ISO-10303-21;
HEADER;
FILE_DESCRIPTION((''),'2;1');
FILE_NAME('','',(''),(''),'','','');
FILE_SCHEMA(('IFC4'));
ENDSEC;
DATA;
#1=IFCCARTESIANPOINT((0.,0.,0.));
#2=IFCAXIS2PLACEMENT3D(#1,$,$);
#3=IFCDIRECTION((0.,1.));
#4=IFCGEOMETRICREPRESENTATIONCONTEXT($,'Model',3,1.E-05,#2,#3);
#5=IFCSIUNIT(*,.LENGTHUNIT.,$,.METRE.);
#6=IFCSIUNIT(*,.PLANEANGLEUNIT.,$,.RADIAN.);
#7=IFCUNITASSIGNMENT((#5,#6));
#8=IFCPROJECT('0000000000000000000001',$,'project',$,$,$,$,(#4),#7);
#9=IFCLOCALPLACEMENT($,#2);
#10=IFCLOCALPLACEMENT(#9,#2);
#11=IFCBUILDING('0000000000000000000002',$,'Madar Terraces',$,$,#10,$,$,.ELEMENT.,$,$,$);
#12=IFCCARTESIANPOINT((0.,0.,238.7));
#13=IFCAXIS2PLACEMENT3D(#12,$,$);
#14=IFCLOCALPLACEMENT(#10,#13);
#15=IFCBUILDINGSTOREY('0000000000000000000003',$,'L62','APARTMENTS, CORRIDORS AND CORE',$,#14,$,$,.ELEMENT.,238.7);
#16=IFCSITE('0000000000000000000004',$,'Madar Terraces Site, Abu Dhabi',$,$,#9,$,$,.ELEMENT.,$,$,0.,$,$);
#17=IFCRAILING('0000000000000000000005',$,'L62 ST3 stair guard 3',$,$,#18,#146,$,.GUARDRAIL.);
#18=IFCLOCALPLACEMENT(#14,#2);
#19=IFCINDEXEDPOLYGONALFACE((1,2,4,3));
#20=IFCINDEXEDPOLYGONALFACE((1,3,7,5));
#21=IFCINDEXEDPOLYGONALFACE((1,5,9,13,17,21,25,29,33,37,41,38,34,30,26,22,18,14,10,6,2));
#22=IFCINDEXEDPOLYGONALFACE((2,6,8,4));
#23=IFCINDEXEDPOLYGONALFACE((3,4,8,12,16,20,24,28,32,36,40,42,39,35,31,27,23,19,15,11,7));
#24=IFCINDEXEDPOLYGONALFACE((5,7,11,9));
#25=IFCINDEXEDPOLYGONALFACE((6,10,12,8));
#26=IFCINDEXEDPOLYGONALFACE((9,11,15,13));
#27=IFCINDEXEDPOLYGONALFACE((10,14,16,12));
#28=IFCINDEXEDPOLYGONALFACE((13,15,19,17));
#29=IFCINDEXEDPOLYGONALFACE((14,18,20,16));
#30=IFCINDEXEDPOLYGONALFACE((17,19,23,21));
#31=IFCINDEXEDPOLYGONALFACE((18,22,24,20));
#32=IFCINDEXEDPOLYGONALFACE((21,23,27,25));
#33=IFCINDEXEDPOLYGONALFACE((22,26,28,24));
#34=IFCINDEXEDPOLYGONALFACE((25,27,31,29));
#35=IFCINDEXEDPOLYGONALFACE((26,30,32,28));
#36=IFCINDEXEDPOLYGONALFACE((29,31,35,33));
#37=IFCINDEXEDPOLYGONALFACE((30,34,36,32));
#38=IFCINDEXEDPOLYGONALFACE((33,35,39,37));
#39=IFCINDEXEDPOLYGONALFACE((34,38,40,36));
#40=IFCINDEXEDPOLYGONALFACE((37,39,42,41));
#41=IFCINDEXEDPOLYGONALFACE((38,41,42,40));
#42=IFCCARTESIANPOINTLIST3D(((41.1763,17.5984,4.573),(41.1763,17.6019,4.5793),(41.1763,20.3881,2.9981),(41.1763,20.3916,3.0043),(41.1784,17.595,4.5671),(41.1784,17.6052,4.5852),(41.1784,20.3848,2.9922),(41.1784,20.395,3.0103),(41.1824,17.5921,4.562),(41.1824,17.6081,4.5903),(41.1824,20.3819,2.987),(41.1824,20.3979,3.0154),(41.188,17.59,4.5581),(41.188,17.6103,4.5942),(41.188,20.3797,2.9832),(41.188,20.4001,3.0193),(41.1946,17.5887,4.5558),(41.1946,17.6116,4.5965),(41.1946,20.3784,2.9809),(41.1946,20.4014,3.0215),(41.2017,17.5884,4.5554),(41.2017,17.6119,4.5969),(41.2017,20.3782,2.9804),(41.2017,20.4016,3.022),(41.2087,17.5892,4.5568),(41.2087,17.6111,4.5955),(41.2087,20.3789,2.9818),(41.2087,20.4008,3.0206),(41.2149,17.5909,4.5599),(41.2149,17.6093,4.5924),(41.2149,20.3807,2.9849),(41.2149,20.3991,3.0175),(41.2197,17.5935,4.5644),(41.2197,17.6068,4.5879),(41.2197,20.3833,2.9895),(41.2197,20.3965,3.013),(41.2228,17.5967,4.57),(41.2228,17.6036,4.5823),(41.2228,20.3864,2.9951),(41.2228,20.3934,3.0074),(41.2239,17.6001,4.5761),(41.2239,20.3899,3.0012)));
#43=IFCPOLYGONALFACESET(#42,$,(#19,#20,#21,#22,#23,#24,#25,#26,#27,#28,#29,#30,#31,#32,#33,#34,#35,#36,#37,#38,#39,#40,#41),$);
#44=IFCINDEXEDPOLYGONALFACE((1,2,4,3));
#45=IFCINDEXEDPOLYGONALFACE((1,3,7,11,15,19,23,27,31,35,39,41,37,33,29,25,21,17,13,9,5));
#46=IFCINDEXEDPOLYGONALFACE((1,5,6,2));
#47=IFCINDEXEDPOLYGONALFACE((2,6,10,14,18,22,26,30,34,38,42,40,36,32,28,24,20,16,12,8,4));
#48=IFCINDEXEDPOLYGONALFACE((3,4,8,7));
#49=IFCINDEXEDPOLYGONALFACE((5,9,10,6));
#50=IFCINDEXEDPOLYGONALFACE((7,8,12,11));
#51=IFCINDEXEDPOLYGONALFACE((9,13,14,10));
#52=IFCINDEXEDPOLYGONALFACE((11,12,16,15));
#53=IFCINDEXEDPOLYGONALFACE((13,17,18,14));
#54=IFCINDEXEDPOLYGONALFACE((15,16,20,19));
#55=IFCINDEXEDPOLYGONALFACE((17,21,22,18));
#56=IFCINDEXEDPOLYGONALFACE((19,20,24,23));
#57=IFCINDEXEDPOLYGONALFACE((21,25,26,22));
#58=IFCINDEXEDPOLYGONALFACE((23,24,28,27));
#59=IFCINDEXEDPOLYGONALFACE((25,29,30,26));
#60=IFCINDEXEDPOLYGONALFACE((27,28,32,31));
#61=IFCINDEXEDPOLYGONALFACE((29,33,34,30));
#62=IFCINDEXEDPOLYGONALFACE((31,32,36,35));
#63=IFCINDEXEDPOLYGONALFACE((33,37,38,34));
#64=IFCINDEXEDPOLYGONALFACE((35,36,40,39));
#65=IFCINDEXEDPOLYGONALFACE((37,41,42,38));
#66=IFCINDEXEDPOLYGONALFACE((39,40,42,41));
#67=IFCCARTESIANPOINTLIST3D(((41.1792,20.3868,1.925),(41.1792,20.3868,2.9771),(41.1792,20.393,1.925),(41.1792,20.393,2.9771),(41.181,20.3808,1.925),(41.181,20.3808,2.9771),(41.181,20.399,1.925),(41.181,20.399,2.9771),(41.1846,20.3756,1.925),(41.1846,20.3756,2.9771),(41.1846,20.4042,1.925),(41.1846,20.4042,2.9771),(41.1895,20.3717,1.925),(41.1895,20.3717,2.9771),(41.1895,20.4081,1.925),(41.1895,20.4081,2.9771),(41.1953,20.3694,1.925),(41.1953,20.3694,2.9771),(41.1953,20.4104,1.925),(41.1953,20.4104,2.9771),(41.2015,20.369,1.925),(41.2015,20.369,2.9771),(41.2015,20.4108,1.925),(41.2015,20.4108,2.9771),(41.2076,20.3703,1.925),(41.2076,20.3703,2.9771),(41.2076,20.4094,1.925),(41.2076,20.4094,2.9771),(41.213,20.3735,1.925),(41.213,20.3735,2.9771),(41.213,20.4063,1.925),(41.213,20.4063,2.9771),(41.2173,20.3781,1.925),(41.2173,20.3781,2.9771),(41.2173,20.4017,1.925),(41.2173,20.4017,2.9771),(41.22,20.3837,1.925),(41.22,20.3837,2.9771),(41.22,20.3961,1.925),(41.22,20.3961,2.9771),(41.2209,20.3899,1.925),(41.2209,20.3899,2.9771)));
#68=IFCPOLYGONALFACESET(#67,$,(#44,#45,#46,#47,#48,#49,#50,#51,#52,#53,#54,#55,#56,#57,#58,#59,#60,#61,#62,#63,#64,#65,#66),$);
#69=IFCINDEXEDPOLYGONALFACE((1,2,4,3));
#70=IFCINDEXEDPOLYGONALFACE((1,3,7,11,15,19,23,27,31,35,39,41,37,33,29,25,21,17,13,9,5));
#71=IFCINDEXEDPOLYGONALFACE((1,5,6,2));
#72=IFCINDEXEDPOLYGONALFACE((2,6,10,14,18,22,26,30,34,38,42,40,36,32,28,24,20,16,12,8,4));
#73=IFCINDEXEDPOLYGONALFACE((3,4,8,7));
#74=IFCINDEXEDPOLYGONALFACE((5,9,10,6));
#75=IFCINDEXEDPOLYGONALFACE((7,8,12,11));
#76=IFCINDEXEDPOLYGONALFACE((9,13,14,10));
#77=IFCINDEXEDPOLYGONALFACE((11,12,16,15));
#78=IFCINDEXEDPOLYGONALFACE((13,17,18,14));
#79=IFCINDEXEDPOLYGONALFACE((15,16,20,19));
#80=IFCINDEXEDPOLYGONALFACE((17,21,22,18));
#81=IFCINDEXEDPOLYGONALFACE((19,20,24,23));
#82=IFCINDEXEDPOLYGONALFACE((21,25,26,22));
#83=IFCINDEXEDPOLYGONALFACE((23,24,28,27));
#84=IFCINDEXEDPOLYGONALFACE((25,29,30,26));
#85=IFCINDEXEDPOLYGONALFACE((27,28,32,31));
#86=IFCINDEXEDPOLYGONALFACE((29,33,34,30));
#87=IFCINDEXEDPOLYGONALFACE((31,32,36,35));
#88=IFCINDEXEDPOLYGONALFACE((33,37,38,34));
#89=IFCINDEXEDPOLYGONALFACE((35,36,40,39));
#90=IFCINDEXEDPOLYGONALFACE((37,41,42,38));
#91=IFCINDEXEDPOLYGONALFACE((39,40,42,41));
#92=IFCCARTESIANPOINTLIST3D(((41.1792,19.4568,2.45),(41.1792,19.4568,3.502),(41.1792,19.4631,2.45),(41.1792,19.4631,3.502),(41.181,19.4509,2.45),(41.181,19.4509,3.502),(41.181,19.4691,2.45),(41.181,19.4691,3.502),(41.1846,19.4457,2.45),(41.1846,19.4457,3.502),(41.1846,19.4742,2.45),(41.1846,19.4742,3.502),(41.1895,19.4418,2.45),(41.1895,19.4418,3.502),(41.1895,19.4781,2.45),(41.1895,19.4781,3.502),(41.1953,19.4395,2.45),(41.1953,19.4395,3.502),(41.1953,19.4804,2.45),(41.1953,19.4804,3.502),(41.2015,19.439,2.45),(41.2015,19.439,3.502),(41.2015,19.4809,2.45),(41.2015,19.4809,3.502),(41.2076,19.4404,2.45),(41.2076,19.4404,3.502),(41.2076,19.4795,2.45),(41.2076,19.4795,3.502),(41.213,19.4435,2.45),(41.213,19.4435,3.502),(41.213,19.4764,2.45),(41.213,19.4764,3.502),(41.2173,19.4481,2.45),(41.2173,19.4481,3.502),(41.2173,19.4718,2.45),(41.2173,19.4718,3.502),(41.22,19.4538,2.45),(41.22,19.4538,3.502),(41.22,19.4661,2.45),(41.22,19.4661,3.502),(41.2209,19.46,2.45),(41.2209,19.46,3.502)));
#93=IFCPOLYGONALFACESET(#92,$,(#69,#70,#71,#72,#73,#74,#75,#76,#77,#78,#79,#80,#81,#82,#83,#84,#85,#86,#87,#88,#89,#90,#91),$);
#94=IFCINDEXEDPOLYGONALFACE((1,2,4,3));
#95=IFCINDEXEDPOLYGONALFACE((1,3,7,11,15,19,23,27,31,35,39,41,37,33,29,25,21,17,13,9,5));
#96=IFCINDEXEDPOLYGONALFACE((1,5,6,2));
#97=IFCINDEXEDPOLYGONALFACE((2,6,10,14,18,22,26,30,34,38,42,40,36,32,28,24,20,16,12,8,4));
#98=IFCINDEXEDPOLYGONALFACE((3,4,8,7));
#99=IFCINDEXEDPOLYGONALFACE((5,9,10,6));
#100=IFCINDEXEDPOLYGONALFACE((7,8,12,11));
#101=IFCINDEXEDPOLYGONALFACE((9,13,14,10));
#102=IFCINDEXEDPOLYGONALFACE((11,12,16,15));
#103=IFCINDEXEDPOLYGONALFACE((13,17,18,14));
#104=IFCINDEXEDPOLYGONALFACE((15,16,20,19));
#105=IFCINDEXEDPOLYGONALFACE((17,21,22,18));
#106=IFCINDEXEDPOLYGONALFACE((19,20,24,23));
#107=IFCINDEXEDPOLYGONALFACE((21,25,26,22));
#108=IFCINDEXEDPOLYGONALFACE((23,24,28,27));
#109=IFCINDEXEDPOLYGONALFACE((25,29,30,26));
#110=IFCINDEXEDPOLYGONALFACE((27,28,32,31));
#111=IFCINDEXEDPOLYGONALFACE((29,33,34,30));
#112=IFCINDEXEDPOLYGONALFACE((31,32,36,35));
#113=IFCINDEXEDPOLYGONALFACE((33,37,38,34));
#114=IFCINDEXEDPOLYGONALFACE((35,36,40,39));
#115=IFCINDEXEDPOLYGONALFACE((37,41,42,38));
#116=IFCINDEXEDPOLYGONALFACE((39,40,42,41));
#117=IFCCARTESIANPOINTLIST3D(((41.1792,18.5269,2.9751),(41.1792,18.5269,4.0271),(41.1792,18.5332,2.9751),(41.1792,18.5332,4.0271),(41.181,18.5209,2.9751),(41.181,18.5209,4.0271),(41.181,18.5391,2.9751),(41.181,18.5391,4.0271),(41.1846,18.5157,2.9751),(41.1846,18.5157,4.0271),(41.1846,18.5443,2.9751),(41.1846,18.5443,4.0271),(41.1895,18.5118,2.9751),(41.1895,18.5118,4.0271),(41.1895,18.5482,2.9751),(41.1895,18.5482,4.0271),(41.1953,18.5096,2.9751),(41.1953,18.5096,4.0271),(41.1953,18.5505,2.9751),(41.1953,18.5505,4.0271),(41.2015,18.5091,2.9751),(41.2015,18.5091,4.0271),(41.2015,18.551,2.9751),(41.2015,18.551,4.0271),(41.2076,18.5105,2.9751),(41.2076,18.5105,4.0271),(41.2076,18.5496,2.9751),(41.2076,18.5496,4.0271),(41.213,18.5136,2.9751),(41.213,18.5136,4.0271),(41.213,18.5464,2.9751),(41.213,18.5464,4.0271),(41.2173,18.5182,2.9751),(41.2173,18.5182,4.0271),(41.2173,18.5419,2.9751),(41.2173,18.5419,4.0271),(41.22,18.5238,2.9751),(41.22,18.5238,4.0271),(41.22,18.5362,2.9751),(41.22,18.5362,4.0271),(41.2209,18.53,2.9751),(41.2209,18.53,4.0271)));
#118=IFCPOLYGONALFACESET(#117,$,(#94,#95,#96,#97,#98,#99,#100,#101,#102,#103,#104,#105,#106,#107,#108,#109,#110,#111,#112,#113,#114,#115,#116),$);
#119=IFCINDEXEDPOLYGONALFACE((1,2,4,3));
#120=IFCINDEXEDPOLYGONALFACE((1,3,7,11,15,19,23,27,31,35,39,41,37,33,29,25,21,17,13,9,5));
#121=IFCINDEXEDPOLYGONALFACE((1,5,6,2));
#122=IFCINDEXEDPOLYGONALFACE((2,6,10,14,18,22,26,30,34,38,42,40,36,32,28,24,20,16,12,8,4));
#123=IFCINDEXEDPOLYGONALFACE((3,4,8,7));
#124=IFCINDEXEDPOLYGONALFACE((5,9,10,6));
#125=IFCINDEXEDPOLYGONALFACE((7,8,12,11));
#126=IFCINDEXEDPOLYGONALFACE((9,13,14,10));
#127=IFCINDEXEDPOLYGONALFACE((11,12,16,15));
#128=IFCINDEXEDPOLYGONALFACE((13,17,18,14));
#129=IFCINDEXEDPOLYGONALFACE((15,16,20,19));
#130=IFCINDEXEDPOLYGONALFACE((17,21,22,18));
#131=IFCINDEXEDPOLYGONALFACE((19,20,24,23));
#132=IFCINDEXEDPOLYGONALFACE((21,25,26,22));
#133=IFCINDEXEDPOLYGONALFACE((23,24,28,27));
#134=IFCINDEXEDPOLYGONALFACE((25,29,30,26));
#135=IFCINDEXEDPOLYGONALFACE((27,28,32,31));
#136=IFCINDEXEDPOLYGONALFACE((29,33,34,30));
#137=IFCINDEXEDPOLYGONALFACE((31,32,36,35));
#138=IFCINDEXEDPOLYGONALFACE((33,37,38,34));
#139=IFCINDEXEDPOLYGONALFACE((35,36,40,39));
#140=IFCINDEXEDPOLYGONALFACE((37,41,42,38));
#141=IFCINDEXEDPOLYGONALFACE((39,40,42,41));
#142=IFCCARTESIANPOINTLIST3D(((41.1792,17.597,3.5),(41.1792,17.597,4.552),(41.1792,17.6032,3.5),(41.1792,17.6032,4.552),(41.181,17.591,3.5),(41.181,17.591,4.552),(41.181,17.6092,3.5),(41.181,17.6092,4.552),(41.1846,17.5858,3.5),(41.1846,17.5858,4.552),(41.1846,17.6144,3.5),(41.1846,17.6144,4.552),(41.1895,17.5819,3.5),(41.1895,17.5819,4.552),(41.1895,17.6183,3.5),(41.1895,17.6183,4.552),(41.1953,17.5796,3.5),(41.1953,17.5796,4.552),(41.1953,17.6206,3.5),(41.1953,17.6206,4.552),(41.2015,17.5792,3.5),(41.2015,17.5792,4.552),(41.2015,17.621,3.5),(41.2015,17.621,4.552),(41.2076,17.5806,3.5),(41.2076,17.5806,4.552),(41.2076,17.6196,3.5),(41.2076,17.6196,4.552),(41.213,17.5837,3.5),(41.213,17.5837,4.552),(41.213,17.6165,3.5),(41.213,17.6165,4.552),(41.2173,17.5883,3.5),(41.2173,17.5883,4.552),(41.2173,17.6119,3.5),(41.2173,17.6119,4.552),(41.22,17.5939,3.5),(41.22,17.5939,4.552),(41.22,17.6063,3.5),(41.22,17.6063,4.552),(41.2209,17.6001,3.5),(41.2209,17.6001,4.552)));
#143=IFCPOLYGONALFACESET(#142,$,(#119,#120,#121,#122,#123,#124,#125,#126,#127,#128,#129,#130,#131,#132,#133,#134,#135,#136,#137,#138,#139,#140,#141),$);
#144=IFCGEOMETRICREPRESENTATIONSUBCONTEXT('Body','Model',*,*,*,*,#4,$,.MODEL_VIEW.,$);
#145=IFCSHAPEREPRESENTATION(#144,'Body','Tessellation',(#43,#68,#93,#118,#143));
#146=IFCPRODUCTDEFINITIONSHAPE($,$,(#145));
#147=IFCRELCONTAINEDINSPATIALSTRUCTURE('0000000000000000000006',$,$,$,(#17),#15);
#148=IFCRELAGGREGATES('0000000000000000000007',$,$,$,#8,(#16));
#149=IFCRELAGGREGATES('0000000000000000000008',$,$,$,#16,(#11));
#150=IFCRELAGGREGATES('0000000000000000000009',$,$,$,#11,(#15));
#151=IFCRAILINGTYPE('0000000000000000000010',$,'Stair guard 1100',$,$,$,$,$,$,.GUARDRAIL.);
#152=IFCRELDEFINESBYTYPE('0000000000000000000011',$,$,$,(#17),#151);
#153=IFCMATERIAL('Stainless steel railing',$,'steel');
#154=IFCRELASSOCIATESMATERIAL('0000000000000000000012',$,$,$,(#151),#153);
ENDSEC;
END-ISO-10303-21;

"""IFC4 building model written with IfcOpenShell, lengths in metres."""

from ifc_helpers import new_model, si_unit, direction, frame, origin, origin_2d, place, context, subcontext, project, spatial, circle, extrude, material, type_object, element, save


model = new_model("IFC4")

# Units and contexts
model_context = context("Model", 3, precision=1e-05, world=origin(), true_north=direction((0.0, 1.0)))
body_context = subcontext(model_context, "Body", "Model", "MODEL_VIEW")
ifc_project = project(units=[si_unit("LENGTHUNIT", "METRE"), si_unit("PLANEANGLEUNIT", "RADIAN")], contexts=[model_context])

# Site, building, storey
site_placement = place(None, origin())
site = spatial("IfcSite", under=ifc_project, at=site_placement, Name="Madar Terraces Site, Abu Dhabi", CompositionType="ELEMENT", RefElevation=0.0)
building_placement = place(site_placement, origin())
building = spatial("IfcBuilding", under=site, at=building_placement, Name="Madar Terraces", CompositionType="ELEMENT")
storey_placement = place(building_placement, frame((0.0, 0.0, 238.7)))
storey = spatial("IfcBuildingStorey", under=building, at=storey_placement, Name="L62", Description="APARTMENTS, CORRIDORS AND CORE", CompositionType="ELEMENT", Elevation=238.7)

# Railing
ifc_material_1 = material(Name="Stainless steel railing", Category="steel")
railing_type_1 = type_object("IfcRailingType", Name="Stair guard 1100", PredefinedType="GUARDRAIL", material=ifc_material_1)
railing_1_placement = place(storey_placement, frame((41.2, 20.3899, 1.925)))
element("IfcRailing", 1, at=railing_1_placement, inside=storey, type_object=railing_type_1, Name="L62 ST3 stair guard 3", PredefinedType="GUARDRAIL", context=body_context, shape_type="SweptSolid", body=[
    extrude(circle(Radius=0.0239, at=origin_2d()), frame((0.0, 0.0, 1.0762), z_axis=(0.0, -0.870815, 0.49161), x_axis=(1.0, 0.0, 0.0)), (0.0, 0.0, 1.0), 3.2036),
    extrude(circle(Radius=0.021, at=origin_2d()), origin(), (0.0, 0.0, 1.0), 1.052),
    extrude(circle(Radius=0.021, at=origin_2d()), frame((0.0, -0.9299, 0.5249)), (0.0, 0.0, 1.0), 1.052),
    extrude(circle(Radius=0.021, at=origin_2d()), frame((0.0, -1.8599, 1.05)), (0.0, 0.0, 1.0), 1.052),
    extrude(circle(Radius=0.021, at=origin_2d()), frame((0.0, -2.7898, 1.575)), (0.0, 0.0, 1.0), 1.052),
])

save(model, "model.ifc")
